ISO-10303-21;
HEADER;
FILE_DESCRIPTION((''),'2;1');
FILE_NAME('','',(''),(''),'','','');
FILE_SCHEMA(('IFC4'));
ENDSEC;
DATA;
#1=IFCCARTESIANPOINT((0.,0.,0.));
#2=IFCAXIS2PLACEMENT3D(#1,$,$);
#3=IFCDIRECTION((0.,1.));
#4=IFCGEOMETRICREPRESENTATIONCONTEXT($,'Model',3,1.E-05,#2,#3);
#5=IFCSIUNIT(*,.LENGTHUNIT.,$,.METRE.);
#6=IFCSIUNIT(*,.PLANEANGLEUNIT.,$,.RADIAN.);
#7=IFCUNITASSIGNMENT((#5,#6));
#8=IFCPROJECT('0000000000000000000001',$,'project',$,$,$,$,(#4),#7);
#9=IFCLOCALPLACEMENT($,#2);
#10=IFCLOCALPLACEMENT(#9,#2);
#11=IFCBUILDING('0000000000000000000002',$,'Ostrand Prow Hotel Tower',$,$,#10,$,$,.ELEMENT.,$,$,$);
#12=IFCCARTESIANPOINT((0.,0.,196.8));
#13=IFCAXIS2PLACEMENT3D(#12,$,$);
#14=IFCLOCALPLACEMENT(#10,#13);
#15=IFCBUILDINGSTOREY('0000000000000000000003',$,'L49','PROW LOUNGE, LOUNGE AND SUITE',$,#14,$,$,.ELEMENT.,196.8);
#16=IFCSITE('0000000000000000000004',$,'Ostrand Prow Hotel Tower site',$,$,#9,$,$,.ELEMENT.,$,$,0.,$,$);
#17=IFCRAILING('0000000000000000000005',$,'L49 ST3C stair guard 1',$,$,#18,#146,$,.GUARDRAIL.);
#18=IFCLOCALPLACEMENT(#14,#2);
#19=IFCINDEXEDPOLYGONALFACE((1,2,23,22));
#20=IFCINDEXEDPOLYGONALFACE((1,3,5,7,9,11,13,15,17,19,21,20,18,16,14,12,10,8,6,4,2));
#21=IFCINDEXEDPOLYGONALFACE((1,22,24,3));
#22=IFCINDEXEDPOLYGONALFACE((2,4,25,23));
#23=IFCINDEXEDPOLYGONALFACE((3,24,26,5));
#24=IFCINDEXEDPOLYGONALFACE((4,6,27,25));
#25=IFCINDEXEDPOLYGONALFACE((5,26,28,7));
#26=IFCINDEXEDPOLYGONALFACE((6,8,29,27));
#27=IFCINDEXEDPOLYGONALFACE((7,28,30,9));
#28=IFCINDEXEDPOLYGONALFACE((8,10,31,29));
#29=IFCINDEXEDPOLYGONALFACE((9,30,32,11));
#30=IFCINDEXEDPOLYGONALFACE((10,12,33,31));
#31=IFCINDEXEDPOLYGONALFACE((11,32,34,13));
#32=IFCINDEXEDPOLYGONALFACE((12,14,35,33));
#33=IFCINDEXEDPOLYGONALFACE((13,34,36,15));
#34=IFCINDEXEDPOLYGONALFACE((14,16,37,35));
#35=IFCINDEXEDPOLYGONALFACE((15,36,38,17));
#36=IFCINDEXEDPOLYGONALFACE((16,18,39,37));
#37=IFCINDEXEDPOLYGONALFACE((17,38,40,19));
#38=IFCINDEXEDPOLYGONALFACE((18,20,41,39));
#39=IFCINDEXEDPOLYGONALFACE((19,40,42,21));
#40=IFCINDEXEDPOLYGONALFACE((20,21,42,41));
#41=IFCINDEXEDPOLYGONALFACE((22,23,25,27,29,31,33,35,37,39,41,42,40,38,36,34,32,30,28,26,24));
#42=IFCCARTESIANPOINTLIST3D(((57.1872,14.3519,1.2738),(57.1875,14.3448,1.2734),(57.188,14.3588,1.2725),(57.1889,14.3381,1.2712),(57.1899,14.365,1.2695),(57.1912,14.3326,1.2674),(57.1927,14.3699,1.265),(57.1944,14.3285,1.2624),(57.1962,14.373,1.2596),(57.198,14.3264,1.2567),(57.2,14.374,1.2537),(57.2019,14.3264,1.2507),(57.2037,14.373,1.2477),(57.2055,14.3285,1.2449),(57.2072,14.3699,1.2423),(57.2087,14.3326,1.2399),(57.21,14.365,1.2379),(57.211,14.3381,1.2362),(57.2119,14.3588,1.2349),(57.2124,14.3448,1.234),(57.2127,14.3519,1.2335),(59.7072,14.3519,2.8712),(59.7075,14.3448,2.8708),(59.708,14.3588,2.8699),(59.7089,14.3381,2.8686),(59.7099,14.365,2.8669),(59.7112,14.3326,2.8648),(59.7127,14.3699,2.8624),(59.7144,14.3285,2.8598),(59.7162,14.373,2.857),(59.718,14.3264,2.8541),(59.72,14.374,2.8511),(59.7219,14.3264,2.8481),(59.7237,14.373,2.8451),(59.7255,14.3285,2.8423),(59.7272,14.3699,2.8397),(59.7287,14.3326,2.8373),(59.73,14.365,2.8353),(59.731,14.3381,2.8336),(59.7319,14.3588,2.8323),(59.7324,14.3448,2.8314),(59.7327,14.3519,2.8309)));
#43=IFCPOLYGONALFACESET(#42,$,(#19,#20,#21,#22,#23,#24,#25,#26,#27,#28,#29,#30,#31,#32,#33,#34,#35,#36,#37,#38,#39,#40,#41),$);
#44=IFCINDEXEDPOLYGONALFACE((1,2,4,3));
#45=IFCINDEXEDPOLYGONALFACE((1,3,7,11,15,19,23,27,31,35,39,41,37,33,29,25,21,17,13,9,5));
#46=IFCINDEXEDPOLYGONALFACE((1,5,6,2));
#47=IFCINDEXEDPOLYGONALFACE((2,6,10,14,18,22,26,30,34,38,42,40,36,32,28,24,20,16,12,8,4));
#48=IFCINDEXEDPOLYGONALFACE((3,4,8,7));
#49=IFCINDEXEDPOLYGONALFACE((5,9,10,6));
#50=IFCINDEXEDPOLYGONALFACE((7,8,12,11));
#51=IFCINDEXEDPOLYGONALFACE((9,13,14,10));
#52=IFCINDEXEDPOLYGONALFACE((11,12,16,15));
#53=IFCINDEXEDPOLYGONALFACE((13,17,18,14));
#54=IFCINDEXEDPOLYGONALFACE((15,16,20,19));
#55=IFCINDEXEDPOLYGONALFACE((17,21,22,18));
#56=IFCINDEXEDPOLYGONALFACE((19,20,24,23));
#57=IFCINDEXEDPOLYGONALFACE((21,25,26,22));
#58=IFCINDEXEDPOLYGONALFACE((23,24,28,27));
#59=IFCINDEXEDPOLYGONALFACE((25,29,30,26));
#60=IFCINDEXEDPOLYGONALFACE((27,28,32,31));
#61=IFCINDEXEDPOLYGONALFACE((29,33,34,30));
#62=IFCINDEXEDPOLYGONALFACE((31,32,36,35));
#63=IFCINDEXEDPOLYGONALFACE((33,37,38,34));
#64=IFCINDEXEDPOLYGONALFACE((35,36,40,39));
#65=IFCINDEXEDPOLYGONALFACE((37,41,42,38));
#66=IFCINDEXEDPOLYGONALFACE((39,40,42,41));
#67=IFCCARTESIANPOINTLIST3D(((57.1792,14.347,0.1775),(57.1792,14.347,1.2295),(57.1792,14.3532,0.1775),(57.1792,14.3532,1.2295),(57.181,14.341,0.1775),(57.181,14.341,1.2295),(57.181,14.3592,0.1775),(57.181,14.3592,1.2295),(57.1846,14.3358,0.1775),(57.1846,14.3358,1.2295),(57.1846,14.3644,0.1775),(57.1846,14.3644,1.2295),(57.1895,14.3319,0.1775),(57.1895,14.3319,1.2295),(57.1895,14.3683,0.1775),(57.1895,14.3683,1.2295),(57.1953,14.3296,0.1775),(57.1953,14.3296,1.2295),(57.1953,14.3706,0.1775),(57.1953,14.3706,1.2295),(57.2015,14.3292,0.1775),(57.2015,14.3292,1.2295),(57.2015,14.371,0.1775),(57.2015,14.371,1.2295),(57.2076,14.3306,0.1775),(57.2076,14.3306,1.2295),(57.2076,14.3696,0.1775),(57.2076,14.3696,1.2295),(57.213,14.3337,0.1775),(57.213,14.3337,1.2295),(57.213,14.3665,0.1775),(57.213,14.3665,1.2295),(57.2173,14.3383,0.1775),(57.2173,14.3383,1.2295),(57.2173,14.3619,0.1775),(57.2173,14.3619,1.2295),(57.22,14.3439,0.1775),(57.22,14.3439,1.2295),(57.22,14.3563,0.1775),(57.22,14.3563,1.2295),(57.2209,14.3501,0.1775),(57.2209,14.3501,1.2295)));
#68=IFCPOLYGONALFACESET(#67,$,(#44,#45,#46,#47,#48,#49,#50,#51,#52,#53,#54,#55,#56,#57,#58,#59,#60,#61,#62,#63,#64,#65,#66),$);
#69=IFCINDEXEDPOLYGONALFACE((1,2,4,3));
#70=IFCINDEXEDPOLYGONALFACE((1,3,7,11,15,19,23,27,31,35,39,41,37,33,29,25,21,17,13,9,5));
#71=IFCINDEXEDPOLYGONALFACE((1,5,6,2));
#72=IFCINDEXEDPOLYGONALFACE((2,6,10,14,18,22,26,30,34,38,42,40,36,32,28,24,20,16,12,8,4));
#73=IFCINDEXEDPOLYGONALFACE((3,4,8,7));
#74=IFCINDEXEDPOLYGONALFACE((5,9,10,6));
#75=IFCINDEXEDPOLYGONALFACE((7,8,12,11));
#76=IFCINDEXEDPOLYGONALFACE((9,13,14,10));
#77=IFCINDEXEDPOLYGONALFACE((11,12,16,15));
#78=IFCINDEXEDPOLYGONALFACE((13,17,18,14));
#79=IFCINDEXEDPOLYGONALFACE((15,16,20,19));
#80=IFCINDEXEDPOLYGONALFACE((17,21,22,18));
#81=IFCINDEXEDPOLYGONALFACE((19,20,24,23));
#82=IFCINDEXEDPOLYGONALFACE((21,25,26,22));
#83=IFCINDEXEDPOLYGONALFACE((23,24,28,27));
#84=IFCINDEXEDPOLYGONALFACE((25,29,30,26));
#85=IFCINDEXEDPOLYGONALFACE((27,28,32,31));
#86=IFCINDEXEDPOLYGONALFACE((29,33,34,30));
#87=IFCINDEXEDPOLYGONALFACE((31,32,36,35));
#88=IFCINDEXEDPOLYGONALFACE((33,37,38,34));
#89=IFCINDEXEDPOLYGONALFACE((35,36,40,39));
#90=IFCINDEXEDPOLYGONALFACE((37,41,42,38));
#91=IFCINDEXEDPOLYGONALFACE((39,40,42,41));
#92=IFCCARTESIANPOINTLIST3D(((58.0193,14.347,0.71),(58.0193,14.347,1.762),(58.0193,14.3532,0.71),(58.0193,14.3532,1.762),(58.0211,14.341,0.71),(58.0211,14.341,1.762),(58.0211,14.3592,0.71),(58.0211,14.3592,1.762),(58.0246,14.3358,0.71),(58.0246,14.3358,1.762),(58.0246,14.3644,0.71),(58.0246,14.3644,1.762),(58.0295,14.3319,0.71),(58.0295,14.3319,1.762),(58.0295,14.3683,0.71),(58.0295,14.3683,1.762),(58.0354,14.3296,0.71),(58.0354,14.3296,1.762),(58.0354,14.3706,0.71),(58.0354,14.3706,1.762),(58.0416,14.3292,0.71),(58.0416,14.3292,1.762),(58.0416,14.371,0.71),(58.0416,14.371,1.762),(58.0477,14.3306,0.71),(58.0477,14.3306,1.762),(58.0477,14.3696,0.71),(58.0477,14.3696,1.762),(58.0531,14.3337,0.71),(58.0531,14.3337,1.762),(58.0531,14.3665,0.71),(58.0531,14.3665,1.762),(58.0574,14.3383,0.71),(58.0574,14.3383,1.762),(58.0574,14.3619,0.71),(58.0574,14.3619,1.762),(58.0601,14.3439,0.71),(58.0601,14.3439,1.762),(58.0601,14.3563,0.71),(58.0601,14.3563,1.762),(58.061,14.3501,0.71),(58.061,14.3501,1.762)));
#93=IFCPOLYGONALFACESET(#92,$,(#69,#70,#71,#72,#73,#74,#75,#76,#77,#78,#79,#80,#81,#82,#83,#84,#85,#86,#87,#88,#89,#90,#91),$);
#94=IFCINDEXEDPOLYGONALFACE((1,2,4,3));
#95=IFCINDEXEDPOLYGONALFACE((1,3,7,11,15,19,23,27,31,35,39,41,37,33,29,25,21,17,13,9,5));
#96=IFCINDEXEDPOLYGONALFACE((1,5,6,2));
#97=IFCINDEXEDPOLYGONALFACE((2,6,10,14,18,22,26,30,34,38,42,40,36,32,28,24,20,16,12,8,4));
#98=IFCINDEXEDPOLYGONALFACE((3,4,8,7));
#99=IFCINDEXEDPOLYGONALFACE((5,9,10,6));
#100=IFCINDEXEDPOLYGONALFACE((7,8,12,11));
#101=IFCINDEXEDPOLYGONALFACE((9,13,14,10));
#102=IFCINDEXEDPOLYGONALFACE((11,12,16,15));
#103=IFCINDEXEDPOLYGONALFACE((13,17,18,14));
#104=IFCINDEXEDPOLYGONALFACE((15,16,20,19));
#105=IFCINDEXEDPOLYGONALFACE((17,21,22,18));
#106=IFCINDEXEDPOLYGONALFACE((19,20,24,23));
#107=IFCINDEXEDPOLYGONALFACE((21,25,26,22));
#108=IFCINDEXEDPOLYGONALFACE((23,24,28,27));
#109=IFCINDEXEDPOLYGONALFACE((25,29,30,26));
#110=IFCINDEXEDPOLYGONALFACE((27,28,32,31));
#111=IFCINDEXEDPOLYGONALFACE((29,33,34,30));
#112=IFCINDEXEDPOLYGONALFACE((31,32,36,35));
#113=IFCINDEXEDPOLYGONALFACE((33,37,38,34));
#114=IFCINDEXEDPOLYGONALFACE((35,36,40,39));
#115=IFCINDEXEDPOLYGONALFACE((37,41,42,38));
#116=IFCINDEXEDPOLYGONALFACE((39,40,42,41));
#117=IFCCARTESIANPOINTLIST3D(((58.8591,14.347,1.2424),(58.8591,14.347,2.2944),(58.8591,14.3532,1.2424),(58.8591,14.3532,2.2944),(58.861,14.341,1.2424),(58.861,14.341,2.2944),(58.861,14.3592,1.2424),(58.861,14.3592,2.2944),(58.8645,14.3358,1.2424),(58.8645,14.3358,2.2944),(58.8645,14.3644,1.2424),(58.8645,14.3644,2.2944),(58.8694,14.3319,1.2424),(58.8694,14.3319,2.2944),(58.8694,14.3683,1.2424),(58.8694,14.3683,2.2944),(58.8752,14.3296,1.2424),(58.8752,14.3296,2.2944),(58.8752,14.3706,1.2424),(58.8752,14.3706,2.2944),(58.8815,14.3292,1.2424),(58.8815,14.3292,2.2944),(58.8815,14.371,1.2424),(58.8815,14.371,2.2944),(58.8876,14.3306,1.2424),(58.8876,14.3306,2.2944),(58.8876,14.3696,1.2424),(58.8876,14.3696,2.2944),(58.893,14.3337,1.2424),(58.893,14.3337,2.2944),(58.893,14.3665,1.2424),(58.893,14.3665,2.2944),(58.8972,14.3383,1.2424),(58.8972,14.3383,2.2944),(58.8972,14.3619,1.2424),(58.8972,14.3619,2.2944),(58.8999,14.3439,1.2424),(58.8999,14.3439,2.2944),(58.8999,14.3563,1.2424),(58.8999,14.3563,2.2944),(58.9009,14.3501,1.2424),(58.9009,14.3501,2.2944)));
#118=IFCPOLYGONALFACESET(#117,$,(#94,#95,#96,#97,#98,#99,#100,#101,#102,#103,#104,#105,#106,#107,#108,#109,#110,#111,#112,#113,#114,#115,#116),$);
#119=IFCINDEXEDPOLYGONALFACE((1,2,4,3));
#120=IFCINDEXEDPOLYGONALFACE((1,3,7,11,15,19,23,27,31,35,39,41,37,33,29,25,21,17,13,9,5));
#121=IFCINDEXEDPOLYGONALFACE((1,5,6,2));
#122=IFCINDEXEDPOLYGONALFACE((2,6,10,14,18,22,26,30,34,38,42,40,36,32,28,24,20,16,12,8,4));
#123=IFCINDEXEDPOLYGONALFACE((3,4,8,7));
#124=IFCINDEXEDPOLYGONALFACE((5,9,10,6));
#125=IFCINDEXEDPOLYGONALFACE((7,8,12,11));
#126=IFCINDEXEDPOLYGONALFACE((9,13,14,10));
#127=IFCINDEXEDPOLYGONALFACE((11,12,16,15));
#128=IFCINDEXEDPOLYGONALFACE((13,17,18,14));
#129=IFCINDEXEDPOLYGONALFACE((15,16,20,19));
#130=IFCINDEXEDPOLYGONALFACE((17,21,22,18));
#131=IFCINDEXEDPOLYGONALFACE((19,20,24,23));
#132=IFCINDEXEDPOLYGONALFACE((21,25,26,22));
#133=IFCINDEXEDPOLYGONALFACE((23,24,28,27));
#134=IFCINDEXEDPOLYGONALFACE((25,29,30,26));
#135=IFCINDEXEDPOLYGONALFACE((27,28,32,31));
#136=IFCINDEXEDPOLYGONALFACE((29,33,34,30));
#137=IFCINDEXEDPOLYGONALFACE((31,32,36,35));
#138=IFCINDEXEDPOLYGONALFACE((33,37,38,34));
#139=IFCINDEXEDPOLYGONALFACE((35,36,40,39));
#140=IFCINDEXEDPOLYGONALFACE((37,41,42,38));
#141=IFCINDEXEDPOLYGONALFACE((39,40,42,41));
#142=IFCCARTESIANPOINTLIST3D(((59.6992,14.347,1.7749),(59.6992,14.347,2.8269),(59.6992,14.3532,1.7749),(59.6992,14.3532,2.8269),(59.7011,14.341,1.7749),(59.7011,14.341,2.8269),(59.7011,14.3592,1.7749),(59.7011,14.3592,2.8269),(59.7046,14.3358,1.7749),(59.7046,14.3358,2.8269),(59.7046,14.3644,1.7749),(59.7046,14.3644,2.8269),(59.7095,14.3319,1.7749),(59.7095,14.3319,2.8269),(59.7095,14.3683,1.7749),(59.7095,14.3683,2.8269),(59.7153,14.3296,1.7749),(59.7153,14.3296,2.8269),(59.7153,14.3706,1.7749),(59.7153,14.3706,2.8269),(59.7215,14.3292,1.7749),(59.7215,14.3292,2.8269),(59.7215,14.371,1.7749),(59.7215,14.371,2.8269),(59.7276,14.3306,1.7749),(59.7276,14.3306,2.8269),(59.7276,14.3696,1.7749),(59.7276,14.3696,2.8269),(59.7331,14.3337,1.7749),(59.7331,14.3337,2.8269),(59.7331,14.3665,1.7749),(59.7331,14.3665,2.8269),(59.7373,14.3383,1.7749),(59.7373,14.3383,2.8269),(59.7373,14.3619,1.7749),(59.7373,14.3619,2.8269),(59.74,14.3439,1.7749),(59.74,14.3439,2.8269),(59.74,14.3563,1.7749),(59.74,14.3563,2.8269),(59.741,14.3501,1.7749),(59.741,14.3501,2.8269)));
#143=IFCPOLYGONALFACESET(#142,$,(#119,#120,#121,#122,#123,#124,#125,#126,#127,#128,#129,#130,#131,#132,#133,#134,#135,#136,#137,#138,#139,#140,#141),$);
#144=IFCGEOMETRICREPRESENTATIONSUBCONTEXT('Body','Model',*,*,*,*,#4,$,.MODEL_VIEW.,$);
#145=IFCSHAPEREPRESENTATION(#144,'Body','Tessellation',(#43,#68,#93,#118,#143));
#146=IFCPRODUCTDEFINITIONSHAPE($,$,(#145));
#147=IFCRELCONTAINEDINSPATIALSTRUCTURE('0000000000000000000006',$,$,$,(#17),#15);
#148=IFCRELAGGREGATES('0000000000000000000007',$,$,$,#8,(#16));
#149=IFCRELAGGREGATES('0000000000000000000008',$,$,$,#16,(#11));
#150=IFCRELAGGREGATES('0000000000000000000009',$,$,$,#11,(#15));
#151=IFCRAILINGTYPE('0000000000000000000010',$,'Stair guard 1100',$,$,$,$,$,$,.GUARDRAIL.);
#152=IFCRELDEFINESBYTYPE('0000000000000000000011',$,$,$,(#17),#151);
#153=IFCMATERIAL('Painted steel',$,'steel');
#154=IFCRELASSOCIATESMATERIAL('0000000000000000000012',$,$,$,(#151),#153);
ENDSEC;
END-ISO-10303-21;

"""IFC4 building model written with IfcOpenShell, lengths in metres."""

from ifc_helpers import new_model, si_unit, direction, frame, origin, origin_2d, place, context, subcontext, project, spatial, circle, extrude, material, type_object, element, save


model = new_model("IFC4")

# Units and contexts
model_context = context("Model", 3, precision=1e-05, world=origin(), true_north=direction((0.0, 1.0)))
body_context = subcontext(model_context, "Body", "Model", "MODEL_VIEW")
ifc_project = project(units=[si_unit("LENGTHUNIT", "METRE"), si_unit("PLANEANGLEUNIT", "RADIAN")], contexts=[model_context])

# Site, building, storey
site_placement = place(None, origin())
site = spatial("IfcSite", under=ifc_project, at=site_placement, Name="Ostrand Prow Hotel Tower site", CompositionType="ELEMENT", RefElevation=0.0)
building_placement = place(site_placement, origin())
building = spatial("IfcBuilding", under=site, at=building_placement, Name="Ostrand Prow Hotel Tower", CompositionType="ELEMENT")
storey_placement = place(building_placement, frame((0.0, 0.0, 196.8)))
storey = spatial("IfcBuildingStorey", under=building, at=storey_placement, Name="L49", Description="PROW LOUNGE, LOUNGE AND SUITE", CompositionType="ELEMENT", Elevation=196.8)

# Railing
ifc_material_1 = material(Name="Painted steel", Category="steel")
railing_type_1 = type_object("IfcRailingType", Name="Stair guard 1100", PredefinedType="GUARDRAIL", material=ifc_material_1)
railing_1_placement = place(storey_placement, frame((57.2, 14.3501, 0.1775)))
element("IfcRailing", 1, at=railing_1_placement, inside=storey, type_object=railing_type_1, Name="L49 ST3C stair guard 1", PredefinedType="GUARDRAIL", context=body_context, shape_type="SweptSolid", body=[
    extrude(circle(Radius=0.0239, at=origin_2d()), frame((0.0, 0.0, 1.0762), z_axis=(0.844607, 0.0, 0.535387), x_axis=(0.0, 1.0, 0.0)), (0.0, 0.0, 1.0), 2.9836),
    extrude(circle(Radius=0.021, at=origin_2d()), origin(), (0.0, 0.0, 1.0), 1.052),
    extrude(circle(Radius=0.021, at=origin_2d()), frame((0.8401, 0.0, 0.5325)), (0.0, 0.0, 1.0), 1.052),
    extrude(circle(Radius=0.021, at=origin_2d()), frame((1.6799, 0.0, 1.0649)), (0.0, 0.0, 1.0), 1.052),
    extrude(circle(Radius=0.021, at=origin_2d()), frame((2.52, 0.0, 1.5974)), (0.0, 0.0, 1.0), 1.052),
])

save(model, "model.ifc")
